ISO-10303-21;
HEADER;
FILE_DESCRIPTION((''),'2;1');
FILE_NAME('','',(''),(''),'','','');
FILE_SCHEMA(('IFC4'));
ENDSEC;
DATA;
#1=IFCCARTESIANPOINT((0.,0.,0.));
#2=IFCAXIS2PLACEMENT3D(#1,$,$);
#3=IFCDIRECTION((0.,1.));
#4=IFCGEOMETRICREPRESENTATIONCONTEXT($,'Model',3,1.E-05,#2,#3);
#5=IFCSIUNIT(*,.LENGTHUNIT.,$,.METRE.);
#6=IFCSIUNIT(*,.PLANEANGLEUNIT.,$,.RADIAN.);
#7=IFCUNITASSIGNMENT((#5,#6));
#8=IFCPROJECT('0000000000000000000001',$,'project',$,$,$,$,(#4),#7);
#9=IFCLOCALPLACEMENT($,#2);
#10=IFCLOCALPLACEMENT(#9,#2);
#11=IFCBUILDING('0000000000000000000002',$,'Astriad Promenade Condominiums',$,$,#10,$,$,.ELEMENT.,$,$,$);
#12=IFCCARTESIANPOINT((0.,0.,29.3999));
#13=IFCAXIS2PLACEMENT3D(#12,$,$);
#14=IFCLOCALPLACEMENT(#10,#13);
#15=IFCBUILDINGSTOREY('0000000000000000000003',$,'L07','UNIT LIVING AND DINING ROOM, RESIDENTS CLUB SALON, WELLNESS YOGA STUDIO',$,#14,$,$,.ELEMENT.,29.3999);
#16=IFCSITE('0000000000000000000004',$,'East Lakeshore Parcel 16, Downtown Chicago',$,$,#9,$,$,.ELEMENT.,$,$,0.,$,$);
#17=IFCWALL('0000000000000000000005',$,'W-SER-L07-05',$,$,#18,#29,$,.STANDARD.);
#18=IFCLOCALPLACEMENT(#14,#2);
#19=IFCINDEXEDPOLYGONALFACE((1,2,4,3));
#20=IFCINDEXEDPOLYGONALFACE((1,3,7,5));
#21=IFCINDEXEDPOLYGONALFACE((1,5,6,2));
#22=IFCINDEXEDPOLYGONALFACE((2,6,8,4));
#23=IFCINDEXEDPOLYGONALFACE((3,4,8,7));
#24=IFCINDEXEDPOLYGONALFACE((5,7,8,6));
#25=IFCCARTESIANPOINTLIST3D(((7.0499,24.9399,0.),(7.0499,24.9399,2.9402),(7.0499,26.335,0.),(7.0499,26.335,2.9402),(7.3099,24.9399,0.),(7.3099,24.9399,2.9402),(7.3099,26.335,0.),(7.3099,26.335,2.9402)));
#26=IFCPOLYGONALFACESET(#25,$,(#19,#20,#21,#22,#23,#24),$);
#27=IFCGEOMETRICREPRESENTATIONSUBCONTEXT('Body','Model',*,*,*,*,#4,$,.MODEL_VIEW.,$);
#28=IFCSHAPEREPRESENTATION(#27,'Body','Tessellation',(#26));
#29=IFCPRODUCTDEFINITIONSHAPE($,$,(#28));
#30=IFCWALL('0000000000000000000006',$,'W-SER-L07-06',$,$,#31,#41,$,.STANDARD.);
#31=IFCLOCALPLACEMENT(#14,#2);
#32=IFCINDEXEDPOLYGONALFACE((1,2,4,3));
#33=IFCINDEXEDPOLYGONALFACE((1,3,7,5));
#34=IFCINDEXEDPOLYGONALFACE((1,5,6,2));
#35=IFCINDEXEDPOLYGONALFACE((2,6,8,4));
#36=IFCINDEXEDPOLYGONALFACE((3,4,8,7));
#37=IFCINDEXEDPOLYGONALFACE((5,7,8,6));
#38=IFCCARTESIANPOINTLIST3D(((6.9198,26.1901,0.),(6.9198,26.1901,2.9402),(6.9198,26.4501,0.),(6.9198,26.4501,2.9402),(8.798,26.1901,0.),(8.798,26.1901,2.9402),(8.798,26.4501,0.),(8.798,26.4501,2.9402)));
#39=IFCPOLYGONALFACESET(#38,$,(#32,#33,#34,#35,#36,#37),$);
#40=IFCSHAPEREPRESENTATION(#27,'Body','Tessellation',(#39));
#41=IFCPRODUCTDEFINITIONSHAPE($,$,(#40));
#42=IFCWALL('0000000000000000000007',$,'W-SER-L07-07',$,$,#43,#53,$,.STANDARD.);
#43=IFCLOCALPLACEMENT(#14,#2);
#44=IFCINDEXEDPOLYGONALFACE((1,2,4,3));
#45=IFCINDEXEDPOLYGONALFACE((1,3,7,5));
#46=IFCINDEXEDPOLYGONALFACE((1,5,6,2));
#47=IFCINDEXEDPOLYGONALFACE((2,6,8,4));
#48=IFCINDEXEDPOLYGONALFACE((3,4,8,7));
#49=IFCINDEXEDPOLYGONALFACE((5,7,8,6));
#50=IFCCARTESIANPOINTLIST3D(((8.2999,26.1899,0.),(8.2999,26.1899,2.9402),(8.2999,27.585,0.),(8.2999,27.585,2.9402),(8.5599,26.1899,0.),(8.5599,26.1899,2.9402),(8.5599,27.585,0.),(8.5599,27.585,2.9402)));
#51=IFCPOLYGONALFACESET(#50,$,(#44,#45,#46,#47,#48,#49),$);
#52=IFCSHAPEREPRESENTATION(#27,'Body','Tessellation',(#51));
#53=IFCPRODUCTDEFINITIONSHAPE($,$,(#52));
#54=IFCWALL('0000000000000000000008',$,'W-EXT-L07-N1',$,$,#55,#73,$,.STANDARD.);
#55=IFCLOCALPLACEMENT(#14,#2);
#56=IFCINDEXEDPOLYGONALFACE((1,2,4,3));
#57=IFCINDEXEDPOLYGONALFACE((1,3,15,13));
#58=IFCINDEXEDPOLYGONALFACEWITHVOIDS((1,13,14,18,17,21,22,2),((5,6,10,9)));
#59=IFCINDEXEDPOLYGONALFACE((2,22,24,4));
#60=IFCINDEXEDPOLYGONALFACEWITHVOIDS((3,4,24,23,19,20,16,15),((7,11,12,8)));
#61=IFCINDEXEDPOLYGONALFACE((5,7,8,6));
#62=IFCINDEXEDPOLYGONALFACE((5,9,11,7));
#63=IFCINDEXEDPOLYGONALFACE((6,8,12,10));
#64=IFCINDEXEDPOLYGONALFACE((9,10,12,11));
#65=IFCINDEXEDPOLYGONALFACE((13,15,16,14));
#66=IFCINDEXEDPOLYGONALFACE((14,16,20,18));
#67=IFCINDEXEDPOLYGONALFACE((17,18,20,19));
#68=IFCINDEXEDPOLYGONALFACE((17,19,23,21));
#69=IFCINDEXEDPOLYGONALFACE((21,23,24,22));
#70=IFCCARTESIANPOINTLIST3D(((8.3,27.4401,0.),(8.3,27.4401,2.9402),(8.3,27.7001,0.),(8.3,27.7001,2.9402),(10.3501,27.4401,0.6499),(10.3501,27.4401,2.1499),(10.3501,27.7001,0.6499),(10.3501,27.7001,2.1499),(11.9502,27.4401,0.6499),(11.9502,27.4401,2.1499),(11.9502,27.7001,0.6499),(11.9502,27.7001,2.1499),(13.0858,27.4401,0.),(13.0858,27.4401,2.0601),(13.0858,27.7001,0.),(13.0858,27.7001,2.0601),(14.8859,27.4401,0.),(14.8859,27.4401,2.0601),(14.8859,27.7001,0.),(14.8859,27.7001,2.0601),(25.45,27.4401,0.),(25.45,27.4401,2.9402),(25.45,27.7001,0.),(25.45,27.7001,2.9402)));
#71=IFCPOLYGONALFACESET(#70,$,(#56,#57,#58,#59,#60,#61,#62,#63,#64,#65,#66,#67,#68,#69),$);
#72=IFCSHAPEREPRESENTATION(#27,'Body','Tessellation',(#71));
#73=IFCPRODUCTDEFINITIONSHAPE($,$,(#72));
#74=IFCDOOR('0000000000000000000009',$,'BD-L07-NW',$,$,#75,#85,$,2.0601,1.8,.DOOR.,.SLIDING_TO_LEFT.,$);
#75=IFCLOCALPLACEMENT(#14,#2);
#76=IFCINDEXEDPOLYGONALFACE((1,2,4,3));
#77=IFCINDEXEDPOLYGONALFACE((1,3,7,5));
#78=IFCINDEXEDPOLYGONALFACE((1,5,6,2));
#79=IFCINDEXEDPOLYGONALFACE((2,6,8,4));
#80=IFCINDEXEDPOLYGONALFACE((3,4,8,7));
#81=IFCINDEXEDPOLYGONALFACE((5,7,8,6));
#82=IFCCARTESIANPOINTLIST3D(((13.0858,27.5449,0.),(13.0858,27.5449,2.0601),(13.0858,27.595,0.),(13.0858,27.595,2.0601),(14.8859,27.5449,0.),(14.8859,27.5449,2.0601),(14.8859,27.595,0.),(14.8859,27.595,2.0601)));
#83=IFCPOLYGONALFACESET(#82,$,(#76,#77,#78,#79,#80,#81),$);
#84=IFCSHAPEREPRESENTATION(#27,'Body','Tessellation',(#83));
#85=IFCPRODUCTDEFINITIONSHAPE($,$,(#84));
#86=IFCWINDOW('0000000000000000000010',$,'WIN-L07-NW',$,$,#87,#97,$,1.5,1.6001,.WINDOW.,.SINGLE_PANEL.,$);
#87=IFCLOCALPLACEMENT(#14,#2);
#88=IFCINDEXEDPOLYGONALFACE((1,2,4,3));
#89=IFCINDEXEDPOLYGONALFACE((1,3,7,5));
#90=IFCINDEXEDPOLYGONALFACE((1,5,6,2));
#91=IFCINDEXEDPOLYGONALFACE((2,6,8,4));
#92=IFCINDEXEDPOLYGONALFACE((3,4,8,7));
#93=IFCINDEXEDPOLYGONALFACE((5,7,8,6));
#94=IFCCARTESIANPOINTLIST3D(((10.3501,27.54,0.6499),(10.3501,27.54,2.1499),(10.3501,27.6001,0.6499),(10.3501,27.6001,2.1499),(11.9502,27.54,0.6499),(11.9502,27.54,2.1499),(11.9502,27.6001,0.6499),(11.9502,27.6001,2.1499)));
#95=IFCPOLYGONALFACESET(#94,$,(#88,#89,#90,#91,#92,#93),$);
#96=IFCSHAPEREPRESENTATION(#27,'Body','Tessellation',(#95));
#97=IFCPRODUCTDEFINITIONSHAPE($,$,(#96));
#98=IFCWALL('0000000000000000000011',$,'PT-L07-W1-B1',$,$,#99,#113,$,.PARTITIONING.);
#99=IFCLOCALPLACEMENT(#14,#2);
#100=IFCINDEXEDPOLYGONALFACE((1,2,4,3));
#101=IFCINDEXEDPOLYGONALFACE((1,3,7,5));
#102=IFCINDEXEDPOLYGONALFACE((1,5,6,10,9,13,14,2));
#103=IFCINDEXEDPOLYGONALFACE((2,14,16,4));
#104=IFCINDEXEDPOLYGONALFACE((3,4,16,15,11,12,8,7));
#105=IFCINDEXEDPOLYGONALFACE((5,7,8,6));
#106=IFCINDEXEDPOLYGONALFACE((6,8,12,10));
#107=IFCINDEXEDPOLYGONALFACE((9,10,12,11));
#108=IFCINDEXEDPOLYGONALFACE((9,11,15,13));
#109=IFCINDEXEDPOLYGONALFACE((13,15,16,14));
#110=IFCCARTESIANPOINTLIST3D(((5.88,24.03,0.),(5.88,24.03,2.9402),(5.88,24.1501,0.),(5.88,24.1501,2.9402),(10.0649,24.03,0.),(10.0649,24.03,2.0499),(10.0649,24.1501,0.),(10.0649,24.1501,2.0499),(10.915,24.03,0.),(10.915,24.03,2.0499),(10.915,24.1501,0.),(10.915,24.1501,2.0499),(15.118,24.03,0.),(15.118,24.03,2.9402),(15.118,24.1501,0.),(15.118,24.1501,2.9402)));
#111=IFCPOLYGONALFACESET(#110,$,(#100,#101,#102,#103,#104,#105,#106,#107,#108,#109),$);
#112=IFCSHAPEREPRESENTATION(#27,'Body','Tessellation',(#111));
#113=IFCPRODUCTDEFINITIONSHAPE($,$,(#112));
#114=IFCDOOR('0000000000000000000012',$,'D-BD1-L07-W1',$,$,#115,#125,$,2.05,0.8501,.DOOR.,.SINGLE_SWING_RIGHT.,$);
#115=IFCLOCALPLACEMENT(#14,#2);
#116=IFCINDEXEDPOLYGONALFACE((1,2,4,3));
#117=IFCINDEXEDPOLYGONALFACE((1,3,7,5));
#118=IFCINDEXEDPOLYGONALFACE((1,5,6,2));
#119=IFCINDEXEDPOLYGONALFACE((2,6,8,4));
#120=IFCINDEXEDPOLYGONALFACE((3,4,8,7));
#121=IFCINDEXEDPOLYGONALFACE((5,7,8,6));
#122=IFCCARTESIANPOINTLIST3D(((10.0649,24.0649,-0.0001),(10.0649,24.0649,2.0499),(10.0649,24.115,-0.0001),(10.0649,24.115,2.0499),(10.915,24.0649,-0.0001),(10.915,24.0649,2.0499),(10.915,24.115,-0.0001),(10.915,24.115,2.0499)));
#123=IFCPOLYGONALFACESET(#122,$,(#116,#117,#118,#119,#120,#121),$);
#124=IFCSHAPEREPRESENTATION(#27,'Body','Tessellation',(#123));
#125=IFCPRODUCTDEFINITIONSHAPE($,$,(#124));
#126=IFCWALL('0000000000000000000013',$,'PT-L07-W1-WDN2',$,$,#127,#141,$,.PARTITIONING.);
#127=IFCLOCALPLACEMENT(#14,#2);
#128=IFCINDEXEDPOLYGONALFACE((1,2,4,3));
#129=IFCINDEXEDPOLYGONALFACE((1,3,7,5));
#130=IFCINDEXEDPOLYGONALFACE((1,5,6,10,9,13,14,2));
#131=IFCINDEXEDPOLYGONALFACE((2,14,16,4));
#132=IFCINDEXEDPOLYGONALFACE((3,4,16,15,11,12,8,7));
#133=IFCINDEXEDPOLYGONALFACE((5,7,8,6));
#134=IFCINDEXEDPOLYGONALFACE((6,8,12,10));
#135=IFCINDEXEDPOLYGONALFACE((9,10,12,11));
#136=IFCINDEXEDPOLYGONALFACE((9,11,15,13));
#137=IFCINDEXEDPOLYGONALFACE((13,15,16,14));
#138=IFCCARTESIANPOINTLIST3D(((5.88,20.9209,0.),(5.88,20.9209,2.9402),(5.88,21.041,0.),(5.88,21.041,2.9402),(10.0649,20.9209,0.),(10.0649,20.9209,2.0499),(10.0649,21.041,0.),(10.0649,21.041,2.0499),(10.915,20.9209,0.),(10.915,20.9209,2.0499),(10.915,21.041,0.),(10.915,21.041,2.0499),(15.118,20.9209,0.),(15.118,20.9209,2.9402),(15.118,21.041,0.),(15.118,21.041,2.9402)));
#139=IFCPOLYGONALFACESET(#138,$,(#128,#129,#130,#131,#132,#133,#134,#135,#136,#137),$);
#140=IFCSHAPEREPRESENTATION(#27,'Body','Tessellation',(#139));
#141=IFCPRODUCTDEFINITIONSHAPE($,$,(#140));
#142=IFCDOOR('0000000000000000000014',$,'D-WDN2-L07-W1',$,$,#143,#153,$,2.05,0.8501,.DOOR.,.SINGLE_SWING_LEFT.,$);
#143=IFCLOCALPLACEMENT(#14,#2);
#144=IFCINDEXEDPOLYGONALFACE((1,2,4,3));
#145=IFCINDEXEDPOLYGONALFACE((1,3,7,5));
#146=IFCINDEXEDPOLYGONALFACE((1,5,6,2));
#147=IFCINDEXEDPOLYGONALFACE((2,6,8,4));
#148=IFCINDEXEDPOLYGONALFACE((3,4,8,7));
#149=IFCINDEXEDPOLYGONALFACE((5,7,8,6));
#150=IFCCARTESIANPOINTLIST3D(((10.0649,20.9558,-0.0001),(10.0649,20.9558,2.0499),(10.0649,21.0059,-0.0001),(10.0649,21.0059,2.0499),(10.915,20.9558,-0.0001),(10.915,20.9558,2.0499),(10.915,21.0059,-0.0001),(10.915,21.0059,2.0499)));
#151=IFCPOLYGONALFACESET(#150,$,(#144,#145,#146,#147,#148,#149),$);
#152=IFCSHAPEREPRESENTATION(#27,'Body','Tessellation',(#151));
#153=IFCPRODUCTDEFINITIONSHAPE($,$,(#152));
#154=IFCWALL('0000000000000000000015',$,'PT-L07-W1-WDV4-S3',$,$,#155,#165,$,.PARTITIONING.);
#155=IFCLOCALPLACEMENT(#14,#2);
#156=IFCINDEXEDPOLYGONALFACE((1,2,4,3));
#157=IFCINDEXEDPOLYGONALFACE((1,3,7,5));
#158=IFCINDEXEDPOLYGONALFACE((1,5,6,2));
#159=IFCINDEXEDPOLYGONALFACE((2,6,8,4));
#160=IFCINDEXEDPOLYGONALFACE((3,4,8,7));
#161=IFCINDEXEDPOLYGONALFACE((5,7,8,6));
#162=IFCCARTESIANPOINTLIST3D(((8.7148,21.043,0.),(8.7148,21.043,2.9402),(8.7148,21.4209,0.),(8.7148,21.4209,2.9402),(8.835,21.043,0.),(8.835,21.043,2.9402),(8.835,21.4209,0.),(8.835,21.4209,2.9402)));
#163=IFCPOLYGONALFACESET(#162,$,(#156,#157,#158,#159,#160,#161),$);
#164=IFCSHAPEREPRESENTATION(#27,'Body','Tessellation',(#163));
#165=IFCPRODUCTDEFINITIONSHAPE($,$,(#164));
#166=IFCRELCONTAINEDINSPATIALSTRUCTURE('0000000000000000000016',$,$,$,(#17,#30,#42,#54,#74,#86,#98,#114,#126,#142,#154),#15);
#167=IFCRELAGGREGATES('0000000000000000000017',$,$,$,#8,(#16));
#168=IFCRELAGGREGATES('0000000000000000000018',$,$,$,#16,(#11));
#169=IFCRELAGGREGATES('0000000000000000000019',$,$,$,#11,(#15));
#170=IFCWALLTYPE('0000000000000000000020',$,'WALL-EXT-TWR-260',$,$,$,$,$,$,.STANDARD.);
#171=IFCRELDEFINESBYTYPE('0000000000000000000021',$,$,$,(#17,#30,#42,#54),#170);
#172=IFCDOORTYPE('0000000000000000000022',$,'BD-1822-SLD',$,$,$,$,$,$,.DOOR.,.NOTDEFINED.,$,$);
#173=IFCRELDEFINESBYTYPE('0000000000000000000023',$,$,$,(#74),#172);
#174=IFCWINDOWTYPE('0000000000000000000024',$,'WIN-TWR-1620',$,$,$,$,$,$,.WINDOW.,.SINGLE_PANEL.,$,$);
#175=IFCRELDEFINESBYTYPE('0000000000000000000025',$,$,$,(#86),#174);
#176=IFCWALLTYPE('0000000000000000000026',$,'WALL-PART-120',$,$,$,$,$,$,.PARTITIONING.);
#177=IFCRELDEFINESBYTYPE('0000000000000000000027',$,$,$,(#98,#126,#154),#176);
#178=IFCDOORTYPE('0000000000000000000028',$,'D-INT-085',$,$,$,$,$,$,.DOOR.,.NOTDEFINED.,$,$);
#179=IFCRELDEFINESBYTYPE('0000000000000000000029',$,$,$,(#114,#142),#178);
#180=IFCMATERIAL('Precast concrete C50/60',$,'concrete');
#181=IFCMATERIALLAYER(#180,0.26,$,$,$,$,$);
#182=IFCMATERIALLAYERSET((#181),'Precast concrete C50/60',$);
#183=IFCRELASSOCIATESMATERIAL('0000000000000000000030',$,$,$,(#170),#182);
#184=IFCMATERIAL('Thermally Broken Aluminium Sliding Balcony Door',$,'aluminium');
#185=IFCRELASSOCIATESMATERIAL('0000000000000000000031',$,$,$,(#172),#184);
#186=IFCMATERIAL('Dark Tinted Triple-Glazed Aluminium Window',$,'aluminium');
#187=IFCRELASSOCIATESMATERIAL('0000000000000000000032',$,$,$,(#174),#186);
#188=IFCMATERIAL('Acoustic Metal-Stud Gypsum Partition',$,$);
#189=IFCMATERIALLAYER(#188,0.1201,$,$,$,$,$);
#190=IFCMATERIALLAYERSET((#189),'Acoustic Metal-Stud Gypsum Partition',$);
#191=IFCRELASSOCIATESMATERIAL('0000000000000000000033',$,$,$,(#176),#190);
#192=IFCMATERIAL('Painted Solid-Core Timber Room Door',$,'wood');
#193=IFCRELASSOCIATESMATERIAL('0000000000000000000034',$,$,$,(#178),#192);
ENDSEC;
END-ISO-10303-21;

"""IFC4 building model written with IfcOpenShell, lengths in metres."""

from ifc_helpers import new_model, si_unit, direction, frame, frame_2d, origin, place, context, subcontext, project, spatial, rectangle, extrude, source, transform, mapped, material, layer, layer_set, type_object, type_shapes, element, fill, save


model = new_model("IFC4")

# Units and contexts
model_context = context("Model", 3, precision=1e-05, world=origin(), true_north=direction((0.0, 1.0)))
body_context = subcontext(model_context, "Body", "Model", "MODEL_VIEW")
ifc_project = project(units=[si_unit("LENGTHUNIT", "METRE"), si_unit("PLANEANGLEUNIT", "RADIAN")], contexts=[model_context])

# Site, building, storey
site_placement = place(None, origin())
site = spatial("IfcSite", under=ifc_project, at=site_placement, Name="East Lakeshore Parcel 16, Downtown Chicago", CompositionType="ELEMENT", RefElevation=0.0)
building_placement = place(site_placement, origin())
building = spatial("IfcBuilding", under=site, at=building_placement, Name="Astriad Promenade Condominiums", CompositionType="ELEMENT")
storey_placement = place(building_placement, frame((0.0, 0.0, 29.3999)))
storey = spatial("IfcBuildingStorey", under=building, at=storey_placement, Name="L07", Description="UNIT LIVING AND DINING ROOM, RESIDENTS CLUB SALON, WELLNESS YOGA STUDIO", CompositionType="ELEMENT", Elevation=29.3999)

# Walls
ifc_material_1 = material(Name="Precast concrete C50/60", Category="concrete")
ifc_layer_1 = layer(ifc_material_1, 0.26)
ifc_layer_set_1 = layer_set([ifc_layer_1], Name="Precast concrete C50/60")
wall_type_1 = type_object("IfcWallType", Name="WALL-EXT-TWR-260", PredefinedType="STANDARD", material=ifc_layer_set_1)
for number, where, z_axis, x_axis, name in (
    (1, (7.1799, 24.9399, 0.0), (0.0, 0.0, 1.0), (0.0, 1.0, 0.0), "W-SER-L07-05"),
):
    element("IfcWall", number, at=place(storey_placement, frame(where, z_axis=z_axis, x_axis=x_axis)), inside=storey, type_object=wall_type_1, Name=name, PredefinedType="STANDARD", context=body_context, shape_type="SweptSolid", body=[
        extrude(rectangle(XDim=1.395, YDim=0.26, at=frame_2d((0.6975, 0.0))), origin(), (0.0, 0.0, 1.0), 2.9402),
    ])
wall_1_placement = place(storey_placement, frame((6.9199, 26.3201, 0.0), z_axis=(0.0, 0.0, 1.0), x_axis=(1.0, 0.0, 0.0)))
element("IfcWall", 2, at=wall_1_placement, inside=storey, type_object=wall_type_1, Name="W-SER-L07-06", PredefinedType="STANDARD", context=body_context, shape_type="SweptSolid", body=[
    extrude(rectangle(XDim=1.8782, YDim=0.26, at=frame_2d((0.939, 0.0))), origin(), (0.0, 0.0, 1.0), 2.9402),
])
wall_2_placement = place(storey_placement, frame((8.4299, 26.1899, 0.0), z_axis=(0.0, 0.0, 1.0), x_axis=(0.0, 1.0, 0.0)))
element("IfcWall", 3, at=wall_2_placement, inside=storey, type_object=wall_type_1, Name="W-SER-L07-07", PredefinedType="STANDARD", context=body_context, shape_type="SweptSolid", body=[
    extrude(rectangle(XDim=1.395, YDim=0.26, at=frame_2d((0.6975, 0.0))), origin(), (0.0, 0.0, 1.0), 2.9402),
])

# Wall, openings, door, window
wall_3_placement = place(storey_placement, frame((8.3, 27.5701, 0.0), z_axis=(0.0, 0.0, 1.0), x_axis=(1.0, 0.0, 0.0)))
wall_3 = element("IfcWall", 4, at=wall_3_placement, inside=storey, type_object=wall_type_1, Name="W-EXT-L07-N1", PredefinedType="STANDARD", context=body_context, shape_type="SweptSolid", body=[
    extrude(rectangle(XDim=17.1499, YDim=0.26, at=frame_2d((8.575, 0.0))), origin(), (0.0, 0.0, 1.0), 2.9402),
])
opening_1_placement = place(wall_3_placement, frame((4.7859, 0.0, 0.0)))
opening_1 = element("IfcOpeningElement", 5, at=opening_1_placement, cuts=wall_3, PredefinedType="OPENING", context=body_context, shape_type="SweptSolid", body=[
    extrude(rectangle(XDim=1.8, YDim=2.0601, at=frame_2d((0.8999, 1.03))), frame((0.0, 0.1399, 0.0), z_axis=(0.0, -1.0, 0.0), x_axis=(1.0, 0.0, 0.0)), (0.0, 0.0, 1.0), 0.28),
])
opening_2_placement = place(wall_3_placement, frame((2.05, 0.0, 0.6499)))
opening_2 = element("IfcOpeningElement", 6, at=opening_2_placement, cuts=wall_3, PredefinedType="OPENING", context=body_context, shape_type="SweptSolid", body=[
    extrude(rectangle(XDim=1.6001, YDim=1.5, at=frame_2d((0.8, 0.75))), frame((0.0, 0.1399, 0.0), z_axis=(0.0, -1.0, 0.0), x_axis=(1.0, 0.0, 0.0)), (0.0, 0.0, 1.0), 0.28),
])
ifc_material_2 = material(Name="Thermally Broken Aluminium Sliding Balcony Door", Category="aluminium")
door_type_1 = type_object("IfcDoorType", Name="BD-1822-SLD", OperationType="NOTDEFINED", PredefinedType="DOOR", material=ifc_material_2)
shared_shape_1 = source(origin(), body_context, "Body", "SweptSolid", [
    extrude(rectangle(XDim=1.8, YDim=2.0601, at=frame_2d((0.8999, 1.03))), frame((0.0, 0.0249, 0.0), z_axis=(0.0, -1.0, 0.0), x_axis=(1.0, 0.0, 0.0)), (0.0, 0.0, 1.0), 0.05),
])
type_shapes(door_type_1, [shared_shape_1])
door_1_placement = place(opening_1_placement, origin())
door_1 = element("IfcDoor", 7, at=door_1_placement, inside=storey, type_object=door_type_1, Name="BD-L07-NW", OperationType="SLIDING_TO_LEFT", OverallHeight=2.0601, OverallWidth=1.8, PredefinedType="DOOR", context=body_context, shape_type="MappedRepresentation", body=[
    mapped(shared_shape_1, transform((0.0, 0.0, 0.0), scale=1.0)),
])
fill(opening_1, door_1)
ifc_material_3 = material(Name="Dark Tinted Triple-Glazed Aluminium Window", Category="aluminium")
window_type = type_object("IfcWindowType", Name="WIN-TWR-1620", PartitioningType="SINGLE_PANEL", PredefinedType="WINDOW", material=ifc_material_3)
shared_shape_2 = source(origin(), body_context, "Body", "SweptSolid", [
    extrude(rectangle(XDim=1.6001, YDim=1.5, at=frame_2d((0.8, 0.75))), frame((0.0, 0.03, 0.0), z_axis=(0.0, -1.0, 0.0), x_axis=(1.0, 0.0, 0.0)), (0.0, 0.0, 1.0), 0.0601),
])
type_shapes(window_type, [shared_shape_2])
window_placement = place(opening_2_placement, origin())
window = element("IfcWindow", 8, at=window_placement, inside=storey, type_object=window_type, Name="WIN-L07-NW", OverallHeight=1.5, OverallWidth=1.6001, PartitioningType="SINGLE_PANEL", PredefinedType="WINDOW", context=body_context, shape_type="MappedRepresentation", body=[
    mapped(shared_shape_2, transform((0.0, 0.0, 0.0), scale=1.0)),
])
fill(opening_2, window)

# Walls, openings, doors
ifc_material_4 = material(Name="Acoustic Metal-Stud Gypsum Partition")
ifc_layer_2 = layer(ifc_material_4, 0.1201)
ifc_layer_set_2 = layer_set([ifc_layer_2], Name="Acoustic Metal-Stud Gypsum Partition")
wall_type_2 = type_object("IfcWallType", Name="WALL-PART-120", PredefinedType="PARTITIONING", material=ifc_layer_set_2)
wall_4_placement = place(storey_placement, frame((5.8799, 24.0901, 0.0), z_axis=(0.0, 0.0, 1.0), x_axis=(1.0, 0.0, 0.0)))
wall_4 = element("IfcWall", 9, at=wall_4_placement, inside=storey, type_object=wall_type_2, Name="PT-L07-W1-B1", PredefinedType="PARTITIONING", context=body_context, shape_type="SweptSolid", body=[
    extrude(rectangle(XDim=9.238, YDim=0.1201, at=frame_2d((4.6191, 0.0))), origin(), (0.0, 0.0, 1.0), 2.9402),
])
opening_3_placement = place(wall_4_placement, frame((4.1851, 0.0, 0.0)))
opening_3 = element("IfcOpeningElement", 10, at=opening_3_placement, cuts=wall_4, PredefinedType="OPENING", context=body_context, shape_type="SweptSolid", body=[
    extrude(rectangle(XDim=0.8501, YDim=2.05, at=frame_2d((0.425, 1.0249))), frame((0.0, 0.0701, 0.0), z_axis=(0.0, -1.0, 0.0), x_axis=(1.0, 0.0, 0.0)), (0.0, 0.0, 1.0), 0.1401),
])
ifc_material_5 = material(Name="Painted Solid-Core Timber Room Door", Category="wood")
door_type_2 = type_object("IfcDoorType", Name="D-INT-085", OperationType="NOTDEFINED", PredefinedType="DOOR", material=ifc_material_5)
shared_shape_3 = source(origin(), body_context, "Body", "SweptSolid", [
    extrude(rectangle(XDim=0.8501, YDim=2.05, at=frame_2d((0.425, 1.0249))), frame((0.0, 0.0249, 0.0), z_axis=(0.0, -1.0, 0.0), x_axis=(1.0, 0.0, 0.0)), (0.0, 0.0, 1.0), 0.05),
])
type_shapes(door_type_2, [shared_shape_3])
door_2_placement = place(opening_3_placement, origin())
door_2 = element("IfcDoor", 11, at=door_2_placement, inside=storey, type_object=door_type_2, Name="D-BD1-L07-W1", OperationType="SINGLE_SWING_RIGHT", OverallHeight=2.05, OverallWidth=0.8501, PredefinedType="DOOR", context=body_context, shape_type="MappedRepresentation", body=[
    mapped(shared_shape_3, transform((0.0, 0.0, 0.0), scale=1.0)),
])
fill(opening_3, door_2)
wall_5_placement = place(storey_placement, frame((5.8799, 20.981, 0.0), z_axis=(0.0, 0.0, 1.0), x_axis=(1.0, 0.0, 0.0)))
wall_5 = element("IfcWall", 12, at=wall_5_placement, inside=storey, type_object=wall_type_2, Name="PT-L07-W1-WDN2", PredefinedType="PARTITIONING", context=body_context, shape_type="SweptSolid", body=[
    extrude(rectangle(XDim=9.238, YDim=0.1201, at=frame_2d((4.6191, 0.0))), origin(), (0.0, 0.0, 1.0), 2.9402),
])
opening_4_placement = place(wall_5_placement, frame((4.1851, 0.0, 0.0)))
opening_4 = element("IfcOpeningElement", 13, at=opening_4_placement, cuts=wall_5, PredefinedType="OPENING", context=body_context, shape_type="SweptSolid", body=[
    extrude(rectangle(XDim=0.8501, YDim=2.05, at=frame_2d((0.425, 1.0249))), frame((0.0, 0.0701, 0.0), z_axis=(0.0, -1.0, 0.0), x_axis=(1.0, 0.0, 0.0)), (0.0, 0.0, 1.0), 0.1401),
])
door_3_placement = place(opening_4_placement, origin())
door_3 = element("IfcDoor", 14, at=door_3_placement, inside=storey, type_object=door_type_2, Name="D-WDN2-L07-W1", OperationType="SINGLE_SWING_LEFT", OverallHeight=2.05, OverallWidth=0.8501, PredefinedType="DOOR", context=body_context, shape_type="MappedRepresentation", body=[
    mapped(shared_shape_3, transform((0.0, 0.0, 0.0), scale=1.0)),
])
fill(opening_4, door_3)

# Wall
wall_6_placement = place(storey_placement, frame((8.7749, 21.043, 0.0), z_axis=(0.0, 0.0, 1.0), x_axis=(0.0, 1.0, 0.0)))
element("IfcWall", 15, at=wall_6_placement, inside=storey, type_object=wall_type_2, Name="PT-L07-W1-WDV4-S3", PredefinedType="PARTITIONING", context=body_context, shape_type="SweptSolid", body=[
    extrude(rectangle(XDim=0.3779, YDim=0.1201, at=frame_2d((0.189, 0.0))), origin(), (0.0, 0.0, 1.0), 2.9402),
])

save(model, "model.ifc")
